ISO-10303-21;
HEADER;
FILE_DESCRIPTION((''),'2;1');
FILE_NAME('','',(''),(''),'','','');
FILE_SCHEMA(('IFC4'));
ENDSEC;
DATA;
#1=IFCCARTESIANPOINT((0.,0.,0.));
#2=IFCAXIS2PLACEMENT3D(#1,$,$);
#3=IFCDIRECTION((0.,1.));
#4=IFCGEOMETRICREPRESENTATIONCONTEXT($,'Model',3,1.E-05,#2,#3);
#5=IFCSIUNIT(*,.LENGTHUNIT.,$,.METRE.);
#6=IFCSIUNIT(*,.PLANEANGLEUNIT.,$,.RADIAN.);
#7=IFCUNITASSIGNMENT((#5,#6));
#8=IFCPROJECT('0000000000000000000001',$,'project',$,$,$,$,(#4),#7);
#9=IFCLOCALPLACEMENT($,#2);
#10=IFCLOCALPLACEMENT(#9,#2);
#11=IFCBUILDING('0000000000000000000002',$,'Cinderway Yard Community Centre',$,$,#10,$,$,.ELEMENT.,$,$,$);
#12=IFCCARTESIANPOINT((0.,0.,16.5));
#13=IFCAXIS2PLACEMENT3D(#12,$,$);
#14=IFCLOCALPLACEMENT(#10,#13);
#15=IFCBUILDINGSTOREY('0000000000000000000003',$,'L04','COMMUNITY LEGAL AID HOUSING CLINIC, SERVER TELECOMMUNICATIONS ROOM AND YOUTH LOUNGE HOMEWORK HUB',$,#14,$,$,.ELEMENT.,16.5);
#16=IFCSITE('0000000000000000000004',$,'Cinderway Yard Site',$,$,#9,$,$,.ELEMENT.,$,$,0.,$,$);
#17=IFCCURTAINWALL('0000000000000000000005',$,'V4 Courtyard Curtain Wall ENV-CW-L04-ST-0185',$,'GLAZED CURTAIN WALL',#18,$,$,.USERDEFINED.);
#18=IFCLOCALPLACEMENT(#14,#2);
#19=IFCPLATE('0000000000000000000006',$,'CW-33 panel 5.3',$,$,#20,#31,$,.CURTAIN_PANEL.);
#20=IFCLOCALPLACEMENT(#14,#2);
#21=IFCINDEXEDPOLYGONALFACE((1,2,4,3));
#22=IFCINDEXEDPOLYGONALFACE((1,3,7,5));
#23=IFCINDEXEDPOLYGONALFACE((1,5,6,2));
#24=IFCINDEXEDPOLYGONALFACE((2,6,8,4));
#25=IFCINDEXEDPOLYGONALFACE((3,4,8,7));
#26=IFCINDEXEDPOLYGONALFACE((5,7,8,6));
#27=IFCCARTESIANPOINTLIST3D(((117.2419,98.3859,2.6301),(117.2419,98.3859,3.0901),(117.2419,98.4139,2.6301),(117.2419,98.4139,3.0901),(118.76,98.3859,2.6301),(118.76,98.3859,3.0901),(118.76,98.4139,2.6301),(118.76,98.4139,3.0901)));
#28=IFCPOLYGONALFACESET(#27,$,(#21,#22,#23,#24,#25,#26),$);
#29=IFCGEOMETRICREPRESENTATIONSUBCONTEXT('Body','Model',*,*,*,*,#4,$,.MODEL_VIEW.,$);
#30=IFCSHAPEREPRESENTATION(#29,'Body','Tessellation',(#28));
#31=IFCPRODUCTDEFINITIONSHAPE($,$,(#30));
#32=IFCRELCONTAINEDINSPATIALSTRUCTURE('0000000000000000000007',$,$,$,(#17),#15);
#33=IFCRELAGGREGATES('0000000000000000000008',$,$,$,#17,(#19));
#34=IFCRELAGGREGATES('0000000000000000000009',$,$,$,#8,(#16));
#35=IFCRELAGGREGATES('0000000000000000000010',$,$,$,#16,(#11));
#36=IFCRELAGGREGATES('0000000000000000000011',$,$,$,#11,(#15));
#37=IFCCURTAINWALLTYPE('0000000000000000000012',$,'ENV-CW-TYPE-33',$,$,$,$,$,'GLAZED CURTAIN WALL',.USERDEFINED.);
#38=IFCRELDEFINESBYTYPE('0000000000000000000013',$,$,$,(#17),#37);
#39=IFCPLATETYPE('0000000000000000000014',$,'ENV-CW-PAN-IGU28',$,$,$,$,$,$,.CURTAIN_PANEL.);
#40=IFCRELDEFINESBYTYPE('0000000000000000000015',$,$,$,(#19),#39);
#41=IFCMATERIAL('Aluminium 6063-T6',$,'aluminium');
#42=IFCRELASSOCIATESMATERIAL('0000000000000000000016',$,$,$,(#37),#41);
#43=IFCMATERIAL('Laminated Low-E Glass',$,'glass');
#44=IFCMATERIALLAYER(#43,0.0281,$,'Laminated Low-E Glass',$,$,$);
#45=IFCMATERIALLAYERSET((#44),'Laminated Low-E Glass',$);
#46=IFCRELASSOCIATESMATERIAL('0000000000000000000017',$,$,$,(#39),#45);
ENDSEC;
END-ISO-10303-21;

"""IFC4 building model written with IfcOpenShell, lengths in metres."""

from ifc_helpers import new_model, si_unit, direction, frame, origin, origin_2d, place, context, subcontext, project, spatial, rectangle, extrude, material, layer, layer_set, type_object, element, aggregate, save


model = new_model("IFC4")

# Units and contexts
model_context = context("Model", 3, precision=1e-05, world=origin(), true_north=direction((0.0, 1.0)))
body_context = subcontext(model_context, "Body", "Model", "MODEL_VIEW")
ifc_project = project(units=[si_unit("LENGTHUNIT", "METRE"), si_unit("PLANEANGLEUNIT", "RADIAN")], contexts=[model_context])

# Site, building, storey
site_placement = place(None, origin())
site = spatial("IfcSite", under=ifc_project, at=site_placement, Name="Cinderway Yard Site", CompositionType="ELEMENT", RefElevation=0.0)
building_placement = place(site_placement, origin())
building = spatial("IfcBuilding", under=site, at=building_placement, Name="Cinderway Yard Community Centre", CompositionType="ELEMENT")
storey_placement = place(building_placement, frame((0.0, 0.0, 16.5)))
storey = spatial("IfcBuildingStorey", under=building, at=storey_placement, Name="L04", Description="COMMUNITY LEGAL AID HOUSING CLINIC, SERVER TELECOMMUNICATIONS ROOM AND YOUTH LOUNGE HOMEWORK HUB", CompositionType="ELEMENT", Elevation=16.5)

# Curtain wall
ifc_material_1 = material(Name="Aluminium 6063-T6", Category="aluminium")
curtain_wall_type = type_object("IfcCurtainWallType", Name="ENV-CW-TYPE-33", ElementType="GLAZED CURTAIN WALL", PredefinedType="USERDEFINED", material=ifc_material_1)
curtain_wall_placement = place(storey_placement, origin())
curtain_wall = element("IfcCurtainWall", 1, at=curtain_wall_placement, inside=storey, type_object=curtain_wall_type, Name="V4 Courtyard Curtain Wall ENV-CW-L04-ST-0185", ObjectType="GLAZED CURTAIN WALL", PredefinedType="USERDEFINED")

# Plate
ifc_material_2 = material(Name="Laminated Low-E Glass", Category="glass")
ifc_layer = layer(ifc_material_2, 0.0281, Name="Laminated Low-E Glass")
ifc_layer_set = layer_set([ifc_layer], Name="Laminated Low-E Glass")
plate_type = type_object("IfcPlateType", Name="ENV-CW-PAN-IGU28", PredefinedType="CURTAIN_PANEL", material=ifc_layer_set)
plate_1_placement = place(storey_placement, frame((118.001, 98.3999, 2.6301), z_axis=(0.0, 0.0, 1.0), x_axis=(1.0, 0.0, 0.0)))
plate_1 = element("IfcPlate", 2, at=plate_1_placement, type_object=plate_type, Name="CW-33 panel 5.3", PredefinedType="CURTAIN_PANEL", context=body_context, shape_type="SweptSolid", body=[
    extrude(rectangle(XDim=1.5181, YDim=0.0281, at=origin_2d()), origin(), (0.0, 0.0, 1.0), 0.46),
])
aggregate(curtain_wall, [plate_1])

save(model, "model.ifc")
